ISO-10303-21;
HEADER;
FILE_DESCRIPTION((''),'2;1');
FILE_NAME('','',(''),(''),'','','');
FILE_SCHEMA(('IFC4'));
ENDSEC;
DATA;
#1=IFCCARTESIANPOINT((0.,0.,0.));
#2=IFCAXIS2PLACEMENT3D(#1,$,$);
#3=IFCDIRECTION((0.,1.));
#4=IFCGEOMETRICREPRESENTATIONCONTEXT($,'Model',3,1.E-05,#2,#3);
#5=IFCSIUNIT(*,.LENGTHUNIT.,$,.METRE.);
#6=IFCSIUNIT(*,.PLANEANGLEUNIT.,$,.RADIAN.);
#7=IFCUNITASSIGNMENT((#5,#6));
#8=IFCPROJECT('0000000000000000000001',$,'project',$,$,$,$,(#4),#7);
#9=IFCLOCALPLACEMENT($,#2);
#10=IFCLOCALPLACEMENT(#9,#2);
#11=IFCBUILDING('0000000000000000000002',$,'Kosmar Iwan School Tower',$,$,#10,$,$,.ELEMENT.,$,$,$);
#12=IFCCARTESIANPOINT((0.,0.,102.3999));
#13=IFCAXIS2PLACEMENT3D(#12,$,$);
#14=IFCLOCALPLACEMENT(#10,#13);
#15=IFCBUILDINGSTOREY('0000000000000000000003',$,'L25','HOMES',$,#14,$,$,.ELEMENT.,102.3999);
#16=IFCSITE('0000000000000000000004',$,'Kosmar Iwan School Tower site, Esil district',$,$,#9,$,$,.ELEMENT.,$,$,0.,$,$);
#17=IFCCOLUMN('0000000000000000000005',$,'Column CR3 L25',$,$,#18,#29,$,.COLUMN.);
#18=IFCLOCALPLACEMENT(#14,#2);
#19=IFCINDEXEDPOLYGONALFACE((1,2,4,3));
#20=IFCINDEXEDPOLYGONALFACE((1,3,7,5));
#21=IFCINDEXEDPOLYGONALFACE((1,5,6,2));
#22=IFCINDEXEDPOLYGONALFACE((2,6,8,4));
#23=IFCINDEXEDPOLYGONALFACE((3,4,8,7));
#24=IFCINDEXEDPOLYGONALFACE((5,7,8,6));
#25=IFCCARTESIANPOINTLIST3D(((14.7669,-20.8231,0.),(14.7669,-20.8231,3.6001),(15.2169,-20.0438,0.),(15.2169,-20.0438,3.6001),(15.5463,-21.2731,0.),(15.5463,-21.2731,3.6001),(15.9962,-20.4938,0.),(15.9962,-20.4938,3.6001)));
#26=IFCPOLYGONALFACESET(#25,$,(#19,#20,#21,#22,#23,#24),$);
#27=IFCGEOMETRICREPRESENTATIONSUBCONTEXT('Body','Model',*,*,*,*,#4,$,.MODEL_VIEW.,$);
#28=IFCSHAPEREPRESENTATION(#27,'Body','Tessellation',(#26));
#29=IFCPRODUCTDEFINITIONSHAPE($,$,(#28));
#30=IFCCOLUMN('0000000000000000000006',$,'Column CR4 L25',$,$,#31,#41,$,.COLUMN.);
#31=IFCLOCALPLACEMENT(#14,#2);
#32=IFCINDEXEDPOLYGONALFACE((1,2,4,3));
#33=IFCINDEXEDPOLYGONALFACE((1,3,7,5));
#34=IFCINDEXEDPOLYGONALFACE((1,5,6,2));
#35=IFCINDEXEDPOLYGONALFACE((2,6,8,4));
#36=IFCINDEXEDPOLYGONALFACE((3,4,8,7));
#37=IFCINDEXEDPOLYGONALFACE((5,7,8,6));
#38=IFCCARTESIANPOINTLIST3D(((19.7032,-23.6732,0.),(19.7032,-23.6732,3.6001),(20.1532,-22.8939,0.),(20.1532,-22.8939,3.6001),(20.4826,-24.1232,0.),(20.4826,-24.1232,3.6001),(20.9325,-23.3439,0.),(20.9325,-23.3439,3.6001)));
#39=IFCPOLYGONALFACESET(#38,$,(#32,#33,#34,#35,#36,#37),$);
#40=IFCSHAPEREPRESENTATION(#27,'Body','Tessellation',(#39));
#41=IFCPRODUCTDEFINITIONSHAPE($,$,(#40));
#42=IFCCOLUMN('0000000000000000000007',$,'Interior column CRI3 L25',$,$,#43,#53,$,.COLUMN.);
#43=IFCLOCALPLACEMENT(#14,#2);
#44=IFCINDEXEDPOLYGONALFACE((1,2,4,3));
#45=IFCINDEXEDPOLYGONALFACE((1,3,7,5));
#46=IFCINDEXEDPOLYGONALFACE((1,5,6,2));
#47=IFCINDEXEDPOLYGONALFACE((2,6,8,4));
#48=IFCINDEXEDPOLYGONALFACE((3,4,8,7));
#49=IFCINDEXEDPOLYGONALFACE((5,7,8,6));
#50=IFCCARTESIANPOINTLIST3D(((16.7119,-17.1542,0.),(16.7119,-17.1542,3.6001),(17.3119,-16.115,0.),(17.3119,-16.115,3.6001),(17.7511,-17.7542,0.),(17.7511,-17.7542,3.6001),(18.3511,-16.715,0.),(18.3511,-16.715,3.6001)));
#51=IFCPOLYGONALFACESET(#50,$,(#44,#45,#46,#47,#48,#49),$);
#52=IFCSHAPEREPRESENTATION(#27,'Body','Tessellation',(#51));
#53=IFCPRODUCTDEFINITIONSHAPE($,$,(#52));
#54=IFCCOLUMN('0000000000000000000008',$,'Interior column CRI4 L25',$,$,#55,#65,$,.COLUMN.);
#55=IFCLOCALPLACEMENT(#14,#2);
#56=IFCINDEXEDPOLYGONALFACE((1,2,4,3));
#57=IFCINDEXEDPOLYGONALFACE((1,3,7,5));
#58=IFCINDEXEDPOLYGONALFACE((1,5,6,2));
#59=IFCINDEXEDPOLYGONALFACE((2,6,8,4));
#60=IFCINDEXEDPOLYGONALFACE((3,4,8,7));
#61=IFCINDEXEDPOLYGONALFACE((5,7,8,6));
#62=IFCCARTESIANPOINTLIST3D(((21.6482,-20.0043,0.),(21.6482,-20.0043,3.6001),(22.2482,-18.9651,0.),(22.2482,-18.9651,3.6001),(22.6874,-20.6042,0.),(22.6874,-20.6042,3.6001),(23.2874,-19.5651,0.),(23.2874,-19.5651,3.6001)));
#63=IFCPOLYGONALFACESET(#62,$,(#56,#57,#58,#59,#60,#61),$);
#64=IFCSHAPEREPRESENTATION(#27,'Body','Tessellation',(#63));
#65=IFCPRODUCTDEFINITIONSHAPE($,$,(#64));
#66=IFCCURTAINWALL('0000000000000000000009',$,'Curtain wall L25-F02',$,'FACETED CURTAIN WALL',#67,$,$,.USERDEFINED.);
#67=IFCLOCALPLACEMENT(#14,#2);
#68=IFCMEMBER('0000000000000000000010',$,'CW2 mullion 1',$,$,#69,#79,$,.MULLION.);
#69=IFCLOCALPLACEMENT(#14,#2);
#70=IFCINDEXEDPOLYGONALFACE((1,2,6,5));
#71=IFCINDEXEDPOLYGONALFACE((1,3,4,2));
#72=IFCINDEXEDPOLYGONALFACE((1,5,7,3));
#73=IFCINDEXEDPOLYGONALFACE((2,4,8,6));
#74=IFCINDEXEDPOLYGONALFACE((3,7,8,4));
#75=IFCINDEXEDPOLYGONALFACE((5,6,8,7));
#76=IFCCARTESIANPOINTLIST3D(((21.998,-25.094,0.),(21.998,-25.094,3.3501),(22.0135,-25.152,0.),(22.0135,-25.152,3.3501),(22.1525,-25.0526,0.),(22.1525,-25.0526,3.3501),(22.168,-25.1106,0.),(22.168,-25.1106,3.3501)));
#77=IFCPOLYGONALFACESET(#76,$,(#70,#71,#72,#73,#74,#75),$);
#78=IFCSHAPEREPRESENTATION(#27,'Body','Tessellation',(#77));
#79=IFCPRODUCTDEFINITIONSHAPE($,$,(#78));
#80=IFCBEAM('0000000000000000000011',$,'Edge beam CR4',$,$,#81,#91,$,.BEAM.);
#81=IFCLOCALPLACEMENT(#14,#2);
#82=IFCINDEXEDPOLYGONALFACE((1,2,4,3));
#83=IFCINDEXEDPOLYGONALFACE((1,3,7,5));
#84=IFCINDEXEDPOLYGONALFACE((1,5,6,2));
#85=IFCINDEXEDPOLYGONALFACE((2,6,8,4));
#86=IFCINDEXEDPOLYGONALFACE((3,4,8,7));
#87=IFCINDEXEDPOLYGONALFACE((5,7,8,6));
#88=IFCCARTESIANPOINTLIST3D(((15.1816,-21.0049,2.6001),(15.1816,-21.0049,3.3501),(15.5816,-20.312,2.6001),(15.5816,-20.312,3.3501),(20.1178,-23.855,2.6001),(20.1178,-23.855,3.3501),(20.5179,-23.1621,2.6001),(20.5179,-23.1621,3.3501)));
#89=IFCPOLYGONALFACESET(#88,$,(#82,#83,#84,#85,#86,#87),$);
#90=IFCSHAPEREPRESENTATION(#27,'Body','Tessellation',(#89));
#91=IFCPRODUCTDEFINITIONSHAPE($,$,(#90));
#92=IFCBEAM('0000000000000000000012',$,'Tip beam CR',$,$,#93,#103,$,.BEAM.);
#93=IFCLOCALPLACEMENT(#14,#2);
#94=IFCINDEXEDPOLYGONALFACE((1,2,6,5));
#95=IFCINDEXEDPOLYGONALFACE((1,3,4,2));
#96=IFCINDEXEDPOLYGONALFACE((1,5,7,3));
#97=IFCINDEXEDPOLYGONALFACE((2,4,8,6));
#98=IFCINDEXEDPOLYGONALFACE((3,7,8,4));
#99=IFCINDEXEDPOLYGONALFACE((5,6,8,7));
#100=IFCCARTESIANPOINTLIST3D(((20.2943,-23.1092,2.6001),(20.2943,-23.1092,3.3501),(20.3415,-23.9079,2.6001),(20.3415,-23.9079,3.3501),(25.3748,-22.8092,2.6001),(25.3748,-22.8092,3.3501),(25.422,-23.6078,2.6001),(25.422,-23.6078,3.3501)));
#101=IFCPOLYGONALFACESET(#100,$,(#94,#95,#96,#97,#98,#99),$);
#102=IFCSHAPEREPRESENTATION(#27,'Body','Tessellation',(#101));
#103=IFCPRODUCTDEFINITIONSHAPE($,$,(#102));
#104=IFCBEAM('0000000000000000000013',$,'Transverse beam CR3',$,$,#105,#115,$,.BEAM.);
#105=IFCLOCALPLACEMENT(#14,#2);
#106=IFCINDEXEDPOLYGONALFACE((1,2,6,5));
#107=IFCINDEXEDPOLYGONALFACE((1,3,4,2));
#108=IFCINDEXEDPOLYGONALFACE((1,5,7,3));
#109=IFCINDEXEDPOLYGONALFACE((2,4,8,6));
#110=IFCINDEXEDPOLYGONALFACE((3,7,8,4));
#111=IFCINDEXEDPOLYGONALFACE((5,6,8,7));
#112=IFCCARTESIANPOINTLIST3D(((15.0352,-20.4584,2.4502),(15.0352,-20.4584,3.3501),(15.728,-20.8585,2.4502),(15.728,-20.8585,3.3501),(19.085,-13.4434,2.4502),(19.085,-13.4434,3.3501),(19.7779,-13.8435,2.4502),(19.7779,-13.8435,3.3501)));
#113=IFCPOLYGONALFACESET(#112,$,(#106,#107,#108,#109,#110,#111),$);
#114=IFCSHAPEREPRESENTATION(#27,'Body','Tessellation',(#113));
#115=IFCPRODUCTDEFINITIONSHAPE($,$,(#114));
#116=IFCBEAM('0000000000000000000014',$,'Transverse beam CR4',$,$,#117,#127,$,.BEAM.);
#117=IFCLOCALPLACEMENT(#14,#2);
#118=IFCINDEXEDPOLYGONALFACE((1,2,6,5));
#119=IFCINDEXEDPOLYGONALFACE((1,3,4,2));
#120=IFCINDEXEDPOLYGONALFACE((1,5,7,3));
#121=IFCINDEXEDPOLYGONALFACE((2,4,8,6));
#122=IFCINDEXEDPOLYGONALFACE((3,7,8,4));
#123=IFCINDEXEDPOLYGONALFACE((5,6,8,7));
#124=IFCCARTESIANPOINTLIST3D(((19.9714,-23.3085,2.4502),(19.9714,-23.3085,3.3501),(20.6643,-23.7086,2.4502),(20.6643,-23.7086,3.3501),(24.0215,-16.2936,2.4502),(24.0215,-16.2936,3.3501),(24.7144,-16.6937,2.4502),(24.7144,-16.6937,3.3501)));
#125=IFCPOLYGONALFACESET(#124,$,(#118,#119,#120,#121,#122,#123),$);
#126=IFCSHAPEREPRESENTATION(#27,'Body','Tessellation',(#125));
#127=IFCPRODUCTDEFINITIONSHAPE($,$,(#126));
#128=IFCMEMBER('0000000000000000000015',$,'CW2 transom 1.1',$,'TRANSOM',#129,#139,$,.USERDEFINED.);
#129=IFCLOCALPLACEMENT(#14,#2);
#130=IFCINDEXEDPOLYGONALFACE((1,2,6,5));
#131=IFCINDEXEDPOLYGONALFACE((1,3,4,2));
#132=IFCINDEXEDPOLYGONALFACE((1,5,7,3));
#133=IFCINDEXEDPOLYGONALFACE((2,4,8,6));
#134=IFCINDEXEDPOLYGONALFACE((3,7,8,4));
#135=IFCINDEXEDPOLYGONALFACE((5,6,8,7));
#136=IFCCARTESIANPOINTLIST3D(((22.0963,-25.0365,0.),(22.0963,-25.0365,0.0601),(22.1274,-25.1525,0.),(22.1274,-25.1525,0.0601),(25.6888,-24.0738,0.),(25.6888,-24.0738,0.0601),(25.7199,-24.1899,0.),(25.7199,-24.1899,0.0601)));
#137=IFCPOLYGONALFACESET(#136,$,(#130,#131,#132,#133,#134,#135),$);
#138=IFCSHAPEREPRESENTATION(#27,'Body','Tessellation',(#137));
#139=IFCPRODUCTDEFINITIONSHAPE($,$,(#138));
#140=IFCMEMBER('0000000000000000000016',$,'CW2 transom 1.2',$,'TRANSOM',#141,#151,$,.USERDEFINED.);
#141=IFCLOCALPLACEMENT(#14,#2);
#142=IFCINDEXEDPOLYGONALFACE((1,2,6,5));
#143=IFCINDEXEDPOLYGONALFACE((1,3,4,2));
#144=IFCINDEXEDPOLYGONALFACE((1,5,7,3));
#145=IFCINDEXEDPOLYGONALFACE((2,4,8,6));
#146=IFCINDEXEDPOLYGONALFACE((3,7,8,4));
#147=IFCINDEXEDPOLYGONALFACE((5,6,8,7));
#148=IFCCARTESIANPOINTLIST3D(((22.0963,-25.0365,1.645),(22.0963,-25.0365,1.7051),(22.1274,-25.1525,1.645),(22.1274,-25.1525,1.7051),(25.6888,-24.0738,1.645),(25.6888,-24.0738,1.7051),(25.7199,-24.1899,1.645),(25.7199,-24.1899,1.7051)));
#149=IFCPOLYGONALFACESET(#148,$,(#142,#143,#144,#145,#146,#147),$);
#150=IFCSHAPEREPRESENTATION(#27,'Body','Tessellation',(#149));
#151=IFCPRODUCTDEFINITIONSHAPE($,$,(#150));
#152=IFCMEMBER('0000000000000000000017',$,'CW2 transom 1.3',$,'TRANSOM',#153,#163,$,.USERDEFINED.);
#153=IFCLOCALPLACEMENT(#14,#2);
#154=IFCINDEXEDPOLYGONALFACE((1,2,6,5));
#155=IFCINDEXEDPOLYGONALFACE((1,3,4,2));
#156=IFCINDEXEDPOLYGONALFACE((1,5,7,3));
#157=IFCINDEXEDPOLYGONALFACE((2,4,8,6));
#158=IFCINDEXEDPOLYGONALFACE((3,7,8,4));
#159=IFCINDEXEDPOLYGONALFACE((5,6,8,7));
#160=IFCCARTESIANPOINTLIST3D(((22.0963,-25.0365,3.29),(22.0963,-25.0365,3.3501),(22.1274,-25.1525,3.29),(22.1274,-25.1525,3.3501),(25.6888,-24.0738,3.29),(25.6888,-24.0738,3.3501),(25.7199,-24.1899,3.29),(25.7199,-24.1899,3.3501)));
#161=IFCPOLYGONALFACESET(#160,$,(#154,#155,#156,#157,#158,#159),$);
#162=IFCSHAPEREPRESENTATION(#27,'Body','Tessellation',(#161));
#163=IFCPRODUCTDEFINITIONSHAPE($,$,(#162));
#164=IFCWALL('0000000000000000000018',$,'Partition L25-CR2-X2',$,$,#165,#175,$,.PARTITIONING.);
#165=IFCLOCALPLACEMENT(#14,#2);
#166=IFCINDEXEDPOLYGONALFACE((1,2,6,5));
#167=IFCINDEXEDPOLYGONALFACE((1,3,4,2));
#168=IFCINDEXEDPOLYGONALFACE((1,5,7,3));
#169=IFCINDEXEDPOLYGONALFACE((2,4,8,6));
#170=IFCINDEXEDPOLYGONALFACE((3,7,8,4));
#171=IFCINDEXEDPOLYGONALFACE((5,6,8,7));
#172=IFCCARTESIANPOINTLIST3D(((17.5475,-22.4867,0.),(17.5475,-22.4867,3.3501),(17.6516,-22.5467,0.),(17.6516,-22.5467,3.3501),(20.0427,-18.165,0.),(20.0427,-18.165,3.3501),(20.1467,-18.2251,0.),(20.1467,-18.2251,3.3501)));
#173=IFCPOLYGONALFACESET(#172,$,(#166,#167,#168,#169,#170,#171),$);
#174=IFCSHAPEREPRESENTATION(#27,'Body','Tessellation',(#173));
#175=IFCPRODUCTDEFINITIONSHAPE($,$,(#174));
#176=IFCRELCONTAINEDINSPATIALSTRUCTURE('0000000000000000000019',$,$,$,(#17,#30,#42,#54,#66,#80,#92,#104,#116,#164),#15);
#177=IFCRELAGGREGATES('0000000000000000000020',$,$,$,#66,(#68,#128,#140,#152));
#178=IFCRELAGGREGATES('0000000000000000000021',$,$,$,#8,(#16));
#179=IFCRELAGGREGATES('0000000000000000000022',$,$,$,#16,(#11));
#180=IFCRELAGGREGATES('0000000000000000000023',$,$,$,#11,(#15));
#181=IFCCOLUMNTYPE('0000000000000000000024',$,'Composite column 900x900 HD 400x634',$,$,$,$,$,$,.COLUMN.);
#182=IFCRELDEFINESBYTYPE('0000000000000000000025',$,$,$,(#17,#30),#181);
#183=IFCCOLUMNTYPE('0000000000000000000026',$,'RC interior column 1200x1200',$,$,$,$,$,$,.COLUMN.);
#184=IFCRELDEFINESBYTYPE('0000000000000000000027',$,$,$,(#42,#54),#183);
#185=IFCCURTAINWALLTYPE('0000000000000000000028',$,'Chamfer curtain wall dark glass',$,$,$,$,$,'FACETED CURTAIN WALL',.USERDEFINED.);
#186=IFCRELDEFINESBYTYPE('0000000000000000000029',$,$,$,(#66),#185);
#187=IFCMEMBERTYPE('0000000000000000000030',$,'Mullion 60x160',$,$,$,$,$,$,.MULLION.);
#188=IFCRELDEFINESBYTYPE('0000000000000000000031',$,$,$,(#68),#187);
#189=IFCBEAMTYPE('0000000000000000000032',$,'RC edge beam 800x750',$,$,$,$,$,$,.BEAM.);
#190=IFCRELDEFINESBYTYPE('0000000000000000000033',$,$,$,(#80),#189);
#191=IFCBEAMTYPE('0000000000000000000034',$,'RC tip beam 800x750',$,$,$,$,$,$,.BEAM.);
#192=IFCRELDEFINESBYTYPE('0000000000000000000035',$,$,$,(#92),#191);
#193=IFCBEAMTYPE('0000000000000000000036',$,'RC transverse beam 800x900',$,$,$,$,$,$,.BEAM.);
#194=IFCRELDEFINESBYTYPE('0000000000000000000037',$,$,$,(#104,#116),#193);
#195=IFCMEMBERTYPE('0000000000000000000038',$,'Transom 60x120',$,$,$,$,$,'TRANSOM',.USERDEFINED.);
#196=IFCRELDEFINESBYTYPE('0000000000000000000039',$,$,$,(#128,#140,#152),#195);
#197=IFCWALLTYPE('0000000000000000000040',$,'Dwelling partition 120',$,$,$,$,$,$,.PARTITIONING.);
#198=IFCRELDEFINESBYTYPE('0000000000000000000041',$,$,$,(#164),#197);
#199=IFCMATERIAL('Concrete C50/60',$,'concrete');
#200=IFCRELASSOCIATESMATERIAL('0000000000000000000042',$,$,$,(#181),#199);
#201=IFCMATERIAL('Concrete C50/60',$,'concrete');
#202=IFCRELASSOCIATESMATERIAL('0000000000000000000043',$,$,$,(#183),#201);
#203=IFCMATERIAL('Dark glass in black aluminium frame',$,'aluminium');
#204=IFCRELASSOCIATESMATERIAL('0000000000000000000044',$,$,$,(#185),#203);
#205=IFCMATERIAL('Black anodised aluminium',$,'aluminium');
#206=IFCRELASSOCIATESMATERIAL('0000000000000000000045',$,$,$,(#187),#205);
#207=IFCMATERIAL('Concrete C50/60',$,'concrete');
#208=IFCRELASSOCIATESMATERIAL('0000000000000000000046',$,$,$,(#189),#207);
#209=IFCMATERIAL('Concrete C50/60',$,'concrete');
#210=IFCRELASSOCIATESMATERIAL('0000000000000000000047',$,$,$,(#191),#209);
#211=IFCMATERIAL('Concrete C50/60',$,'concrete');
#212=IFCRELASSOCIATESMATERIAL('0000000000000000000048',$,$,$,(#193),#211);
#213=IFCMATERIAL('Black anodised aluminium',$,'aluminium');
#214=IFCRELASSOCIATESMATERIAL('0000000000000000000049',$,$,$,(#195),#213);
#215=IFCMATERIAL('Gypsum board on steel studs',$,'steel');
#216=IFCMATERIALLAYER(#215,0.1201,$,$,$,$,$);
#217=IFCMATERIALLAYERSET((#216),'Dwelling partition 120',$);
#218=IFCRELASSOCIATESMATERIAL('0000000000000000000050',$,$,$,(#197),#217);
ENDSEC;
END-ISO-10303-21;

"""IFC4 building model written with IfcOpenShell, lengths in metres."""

from ifc_helpers import new_model, si_unit, direction, frame, frame_2d, origin, origin_2d, place, context, subcontext, project, spatial, rectangle, extrude, material, layer, layer_set, material_profile, profile_set, type_object, element, aggregate, save


model = new_model("IFC4")

# Units and contexts
model_context = context("Model", 3, precision=1e-05, world=origin(), true_north=direction((0.0, 1.0)))
body_context = subcontext(model_context, "Body", "Model", "MODEL_VIEW")
ifc_project = project(units=[si_unit("LENGTHUNIT", "METRE"), si_unit("PLANEANGLEUNIT", "RADIAN")], contexts=[model_context])

# Site, building, storey
site_placement = place(None, origin())
site = spatial("IfcSite", under=ifc_project, at=site_placement, Name="Kosmar Iwan School Tower site, Esil district", CompositionType="ELEMENT", RefElevation=0.0)
building_placement = place(site_placement, origin())
building = spatial("IfcBuilding", under=site, at=building_placement, Name="Kosmar Iwan School Tower", CompositionType="ELEMENT")
storey_placement = place(building_placement, frame((0.0, 0.0, 102.3999)))
storey = spatial("IfcBuildingStorey", under=building, at=storey_placement, Name="L25", Description="HOMES", CompositionType="ELEMENT", Elevation=102.3999)

# Columns
ifc_material_1 = material(Name="Concrete C50/60", Category="concrete")
ifc_material_profile_1 = material_profile(ifc_material_1, rectangle(XDim=0.8999, YDim=0.8999, at=origin_2d()), Name="RC 900x900 + HD 400x634")
ifc_profile_set_1 = profile_set([ifc_material_profile_1], Name="Concrete C50/60")
column_type_1 = type_object("IfcColumnType", Name="Composite column 900x900 HD 400x634", PredefinedType="COLUMN", material=ifc_profile_set_1)
for number, where, z_axis, x_axis, name in (
    (1, (15.3816, -20.6584, 0.0), (0.0, 0.0, 1.0), (0.866025, -0.5, 0.0), "Column CR3 L25"),
    (2, (20.3179, -23.5085, 0.0), (0.0, 0.0, 1.0), (0.866025, -0.5, 0.0), "Column CR4 L25"),
):
    element("IfcColumn", number, at=place(storey_placement, frame(where, z_axis=z_axis, x_axis=x_axis)), inside=storey, type_object=column_type_1, Name=name, PredefinedType="COLUMN", context=body_context, shape_type="SweptSolid", body=[
        extrude(rectangle(XDim=0.8999, YDim=0.8999, at=origin_2d()), origin(), (0.0, 0.0, 1.0), 3.6001),
    ])
ifc_material_2 = material(Name="Concrete C50/60", Category="concrete")
ifc_material_profile_2 = material_profile(ifc_material_2, rectangle(XDim=1.2, YDim=1.2, at=origin_2d()), Name="RC 1200x1200")
ifc_profile_set_2 = profile_set([ifc_material_profile_2], Name="Concrete C50/60")
column_type_2 = type_object("IfcColumnType", Name="RC interior column 1200x1200", PredefinedType="COLUMN", material=ifc_profile_set_2)
for number, where, z_axis, x_axis, name in (
    (3, (17.5315, -16.9346, 0.0), (0.0, 0.0, 1.0), (0.866025, -0.5, 0.0), "Interior column CRI3 L25"),
    (4, (22.4678, -19.7847, 0.0), (0.0, 0.0, 1.0), (0.866025, -0.5, 0.0), "Interior column CRI4 L25"),
):
    element("IfcColumn", number, at=place(storey_placement, frame(where, z_axis=z_axis, x_axis=x_axis)), inside=storey, type_object=column_type_2, Name=name, PredefinedType="COLUMN", context=body_context, shape_type="SweptSolid", body=[
        extrude(rectangle(XDim=1.2, YDim=1.2, at=origin_2d()), origin(), (0.0, 0.0, 1.0), 3.6001),
    ])

# Curtain wall, member
ifc_material_3 = material(Name="Dark glass in black aluminium frame", Category="aluminium")
curtain_wall_type = type_object("IfcCurtainWallType", Name="Chamfer curtain wall dark glass", ElementType="FACETED CURTAIN WALL", PredefinedType="USERDEFINED", material=ifc_material_3)
curtain_wall_placement = place(storey_placement, origin())
curtain_wall = element("IfcCurtainWall", 5, at=curtain_wall_placement, inside=storey, type_object=curtain_wall_type, Name="Curtain wall L25-F02", ObjectType="FACETED CURTAIN WALL", PredefinedType="USERDEFINED")
ifc_material_4 = material(Name="Black anodised aluminium", Category="aluminium")
ifc_material_profile_3 = material_profile(ifc_material_4, rectangle(XDim=0.0601, YDim=0.1599, at=origin_2d()), Name="MULLION 60x160")
ifc_profile_set_3 = profile_set([ifc_material_profile_3], Name="Black anodised aluminium")
member_type_1 = type_object("IfcMemberType", Name="Mullion 60x160", PredefinedType="MULLION", material=ifc_profile_set_3)
member_1_placement = place(storey_placement, frame((22.083, -25.1023, 0.0), z_axis=(0.0, 0.0, 1.0), x_axis=(-0.258819, 0.965926, 0.0)))
member_1 = element("IfcMember", 6, at=member_1_placement, type_object=member_type_1, Name="CW2 mullion 1", PredefinedType="MULLION", context=body_context, shape_type="SweptSolid", body=[
    extrude(rectangle(XDim=0.0601, YDim=0.1599, at=origin_2d()), origin(), (0.0, 0.0, 1.0), 3.3501),
])

# Beams
ifc_material_5 = material(Name="Concrete C50/60", Category="concrete")
ifc_material_profile_4 = material_profile(ifc_material_5, rectangle(XDim=0.8, YDim=0.75, at=origin_2d()), Name="RC 800x750")
ifc_profile_set_4 = profile_set([ifc_material_profile_4], Name="Concrete C50/60")
beam_type_1 = type_object("IfcBeamType", Name="RC edge beam 800x750", PredefinedType="BEAM", material=ifc_profile_set_4)
beam_1_placement = place(storey_placement, frame((15.3816, -20.6584, 2.9751), z_axis=(0.866015, -0.500018, 0.0), x_axis=(0.500018, 0.866015, 0.0)))
element("IfcBeam", 7, at=beam_1_placement, inside=storey, type_object=beam_type_1, Name="Edge beam CR4", PredefinedType="BEAM", context=body_context, shape_type="SweptSolid", body=[
    extrude(rectangle(XDim=0.8, YDim=0.75, at=origin_2d()), origin(), (0.0, 0.0, 1.0), 5.7),
])
ifc_material_6 = material(Name="Concrete C50/60", Category="concrete")
ifc_material_profile_5 = material_profile(ifc_material_6, rectangle(XDim=0.8, YDim=0.75, at=origin_2d()), Name="RC 800x750")
ifc_profile_set_5 = profile_set([ifc_material_profile_5], Name="Concrete C50/60")
beam_type_2 = type_object("IfcBeamType", Name="RC tip beam 800x750", PredefinedType="BEAM", material=ifc_profile_set_5)
beam_2_placement = place(storey_placement, frame((20.3179, -23.5085, 2.9751), z_axis=(0.998261, 0.058955, 0.0), x_axis=(-0.058955, 0.998261, 0.0)))
element("IfcBeam", 8, at=beam_2_placement, inside=storey, type_object=beam_type_2, Name="Tip beam CR", PredefinedType="BEAM", context=body_context, shape_type="SweptSolid", body=[
    extrude(rectangle(XDim=0.8, YDim=0.75, at=origin_2d()), origin(), (0.0, 0.0, 1.0), 5.0894),
])
ifc_material_7 = material(Name="Concrete C50/60", Category="concrete")
ifc_material_profile_6 = material_profile(ifc_material_7, rectangle(XDim=0.8, YDim=0.8999, at=origin_2d()), Name="RC 800x900")
ifc_profile_set_6 = profile_set([ifc_material_profile_6], Name="Concrete C50/60")
beam_type_3 = type_object("IfcBeamType", Name="RC transverse beam 800x900", PredefinedType="BEAM", material=ifc_profile_set_6)
for number, where, z_axis, x_axis, name in (
    (9, (15.3816, -20.6584, 2.9001), (0.499977, 0.866039, 0.0), (-0.866039, 0.499977, 0.0), "Transverse beam CR3"),
    (10, (20.3179, -23.5085, 2.9001), (0.5, 0.866025, 0.0), (-0.866025, 0.5, 0.0), "Transverse beam CR4"),
):
    element("IfcBeam", number, at=place(storey_placement, frame(where, z_axis=z_axis, x_axis=x_axis)), inside=storey, type_object=beam_type_3, Name=name, PredefinedType="BEAM", context=body_context, shape_type="SweptSolid", body=[
        extrude(rectangle(XDim=0.8, YDim=0.8999, at=origin_2d()), origin(), (0.0, 0.0, 1.0), 8.1001),
    ])

# Members
ifc_material_8 = material(Name="Black anodised aluminium", Category="aluminium")
ifc_material_profile_7 = material_profile(ifc_material_8, rectangle(XDim=0.1201, YDim=0.0601, at=origin_2d()), Name="TRANSOM 60x120")
ifc_profile_set_7 = profile_set([ifc_material_profile_7], Name="Black anodised aluminium")
member_type_2 = type_object("IfcMemberType", Name="Transom 60x120", ElementType="TRANSOM", PredefinedType="USERDEFINED", material=ifc_profile_set_7)
member_2_placement = place(storey_placement, frame((22.1118, -25.0945, 0.03), z_axis=(0.965924, 0.258827, 0.0), x_axis=(-0.258827, 0.965924, 0.0)))
member_2 = element("IfcMember", 11, at=member_2_placement, type_object=member_type_2, Name="CW2 transom 1.1", ObjectType="TRANSOM", PredefinedType="USERDEFINED", context=body_context, shape_type="SweptSolid", body=[
    extrude(rectangle(XDim=0.1201, YDim=0.0601, at=origin_2d()), origin(), (0.0, 0.0, 1.0), 3.7192),
])
member_3_placement = place(storey_placement, frame((22.1118, -25.0945, 1.675), z_axis=(0.965924, 0.258827, 0.0), x_axis=(-0.258827, 0.965924, 0.0)))
member_3 = element("IfcMember", 12, at=member_3_placement, type_object=member_type_2, Name="CW2 transom 1.2", ObjectType="TRANSOM", PredefinedType="USERDEFINED", context=body_context, shape_type="SweptSolid", body=[
    extrude(rectangle(XDim=0.1201, YDim=0.0601, at=origin_2d()), origin(), (0.0, 0.0, 1.0), 3.7192),
])
member_4_placement = place(storey_placement, frame((22.1118, -25.0945, 3.3201), z_axis=(0.965924, 0.258827, 0.0), x_axis=(-0.258827, 0.965924, 0.0)))
member_4 = element("IfcMember", 13, at=member_4_placement, type_object=member_type_2, Name="CW2 transom 1.3", ObjectType="TRANSOM", PredefinedType="USERDEFINED", context=body_context, shape_type="SweptSolid", body=[
    extrude(rectangle(XDim=0.1201, YDim=0.0601, at=origin_2d()), origin(), (0.0, 0.0, 1.0), 3.7192),
])
aggregate(curtain_wall, [member_1, member_2, member_3, member_4])

# Wall
ifc_material_9 = material(Name="Gypsum board on steel studs", Category="steel")
ifc_layer = layer(ifc_material_9, 0.1201)
ifc_layer_set = layer_set([ifc_layer], Name="Dwelling partition 120")
wall_type = type_object("IfcWallType", Name="Dwelling partition 120", PredefinedType="PARTITIONING", material=ifc_layer_set)
wall_1_placement = place(storey_placement, frame((20.0947, -18.1951, 0.0), z_axis=(0.0, 0.0, 1.0), x_axis=(-0.500012, -0.866019, 0.0)))
element("IfcWall", 14, at=wall_1_placement, inside=storey, type_object=wall_type, Name="Partition L25-CR2-X2", PredefinedType="PARTITIONING", context=body_context, shape_type="SweptSolid", body=[
    extrude(rectangle(XDim=4.9902, YDim=0.1201, at=frame_2d((2.4951, 0.0))), origin(), (0.0, 0.0, 1.0), 3.3501),
])

save(model, "model.ifc")
